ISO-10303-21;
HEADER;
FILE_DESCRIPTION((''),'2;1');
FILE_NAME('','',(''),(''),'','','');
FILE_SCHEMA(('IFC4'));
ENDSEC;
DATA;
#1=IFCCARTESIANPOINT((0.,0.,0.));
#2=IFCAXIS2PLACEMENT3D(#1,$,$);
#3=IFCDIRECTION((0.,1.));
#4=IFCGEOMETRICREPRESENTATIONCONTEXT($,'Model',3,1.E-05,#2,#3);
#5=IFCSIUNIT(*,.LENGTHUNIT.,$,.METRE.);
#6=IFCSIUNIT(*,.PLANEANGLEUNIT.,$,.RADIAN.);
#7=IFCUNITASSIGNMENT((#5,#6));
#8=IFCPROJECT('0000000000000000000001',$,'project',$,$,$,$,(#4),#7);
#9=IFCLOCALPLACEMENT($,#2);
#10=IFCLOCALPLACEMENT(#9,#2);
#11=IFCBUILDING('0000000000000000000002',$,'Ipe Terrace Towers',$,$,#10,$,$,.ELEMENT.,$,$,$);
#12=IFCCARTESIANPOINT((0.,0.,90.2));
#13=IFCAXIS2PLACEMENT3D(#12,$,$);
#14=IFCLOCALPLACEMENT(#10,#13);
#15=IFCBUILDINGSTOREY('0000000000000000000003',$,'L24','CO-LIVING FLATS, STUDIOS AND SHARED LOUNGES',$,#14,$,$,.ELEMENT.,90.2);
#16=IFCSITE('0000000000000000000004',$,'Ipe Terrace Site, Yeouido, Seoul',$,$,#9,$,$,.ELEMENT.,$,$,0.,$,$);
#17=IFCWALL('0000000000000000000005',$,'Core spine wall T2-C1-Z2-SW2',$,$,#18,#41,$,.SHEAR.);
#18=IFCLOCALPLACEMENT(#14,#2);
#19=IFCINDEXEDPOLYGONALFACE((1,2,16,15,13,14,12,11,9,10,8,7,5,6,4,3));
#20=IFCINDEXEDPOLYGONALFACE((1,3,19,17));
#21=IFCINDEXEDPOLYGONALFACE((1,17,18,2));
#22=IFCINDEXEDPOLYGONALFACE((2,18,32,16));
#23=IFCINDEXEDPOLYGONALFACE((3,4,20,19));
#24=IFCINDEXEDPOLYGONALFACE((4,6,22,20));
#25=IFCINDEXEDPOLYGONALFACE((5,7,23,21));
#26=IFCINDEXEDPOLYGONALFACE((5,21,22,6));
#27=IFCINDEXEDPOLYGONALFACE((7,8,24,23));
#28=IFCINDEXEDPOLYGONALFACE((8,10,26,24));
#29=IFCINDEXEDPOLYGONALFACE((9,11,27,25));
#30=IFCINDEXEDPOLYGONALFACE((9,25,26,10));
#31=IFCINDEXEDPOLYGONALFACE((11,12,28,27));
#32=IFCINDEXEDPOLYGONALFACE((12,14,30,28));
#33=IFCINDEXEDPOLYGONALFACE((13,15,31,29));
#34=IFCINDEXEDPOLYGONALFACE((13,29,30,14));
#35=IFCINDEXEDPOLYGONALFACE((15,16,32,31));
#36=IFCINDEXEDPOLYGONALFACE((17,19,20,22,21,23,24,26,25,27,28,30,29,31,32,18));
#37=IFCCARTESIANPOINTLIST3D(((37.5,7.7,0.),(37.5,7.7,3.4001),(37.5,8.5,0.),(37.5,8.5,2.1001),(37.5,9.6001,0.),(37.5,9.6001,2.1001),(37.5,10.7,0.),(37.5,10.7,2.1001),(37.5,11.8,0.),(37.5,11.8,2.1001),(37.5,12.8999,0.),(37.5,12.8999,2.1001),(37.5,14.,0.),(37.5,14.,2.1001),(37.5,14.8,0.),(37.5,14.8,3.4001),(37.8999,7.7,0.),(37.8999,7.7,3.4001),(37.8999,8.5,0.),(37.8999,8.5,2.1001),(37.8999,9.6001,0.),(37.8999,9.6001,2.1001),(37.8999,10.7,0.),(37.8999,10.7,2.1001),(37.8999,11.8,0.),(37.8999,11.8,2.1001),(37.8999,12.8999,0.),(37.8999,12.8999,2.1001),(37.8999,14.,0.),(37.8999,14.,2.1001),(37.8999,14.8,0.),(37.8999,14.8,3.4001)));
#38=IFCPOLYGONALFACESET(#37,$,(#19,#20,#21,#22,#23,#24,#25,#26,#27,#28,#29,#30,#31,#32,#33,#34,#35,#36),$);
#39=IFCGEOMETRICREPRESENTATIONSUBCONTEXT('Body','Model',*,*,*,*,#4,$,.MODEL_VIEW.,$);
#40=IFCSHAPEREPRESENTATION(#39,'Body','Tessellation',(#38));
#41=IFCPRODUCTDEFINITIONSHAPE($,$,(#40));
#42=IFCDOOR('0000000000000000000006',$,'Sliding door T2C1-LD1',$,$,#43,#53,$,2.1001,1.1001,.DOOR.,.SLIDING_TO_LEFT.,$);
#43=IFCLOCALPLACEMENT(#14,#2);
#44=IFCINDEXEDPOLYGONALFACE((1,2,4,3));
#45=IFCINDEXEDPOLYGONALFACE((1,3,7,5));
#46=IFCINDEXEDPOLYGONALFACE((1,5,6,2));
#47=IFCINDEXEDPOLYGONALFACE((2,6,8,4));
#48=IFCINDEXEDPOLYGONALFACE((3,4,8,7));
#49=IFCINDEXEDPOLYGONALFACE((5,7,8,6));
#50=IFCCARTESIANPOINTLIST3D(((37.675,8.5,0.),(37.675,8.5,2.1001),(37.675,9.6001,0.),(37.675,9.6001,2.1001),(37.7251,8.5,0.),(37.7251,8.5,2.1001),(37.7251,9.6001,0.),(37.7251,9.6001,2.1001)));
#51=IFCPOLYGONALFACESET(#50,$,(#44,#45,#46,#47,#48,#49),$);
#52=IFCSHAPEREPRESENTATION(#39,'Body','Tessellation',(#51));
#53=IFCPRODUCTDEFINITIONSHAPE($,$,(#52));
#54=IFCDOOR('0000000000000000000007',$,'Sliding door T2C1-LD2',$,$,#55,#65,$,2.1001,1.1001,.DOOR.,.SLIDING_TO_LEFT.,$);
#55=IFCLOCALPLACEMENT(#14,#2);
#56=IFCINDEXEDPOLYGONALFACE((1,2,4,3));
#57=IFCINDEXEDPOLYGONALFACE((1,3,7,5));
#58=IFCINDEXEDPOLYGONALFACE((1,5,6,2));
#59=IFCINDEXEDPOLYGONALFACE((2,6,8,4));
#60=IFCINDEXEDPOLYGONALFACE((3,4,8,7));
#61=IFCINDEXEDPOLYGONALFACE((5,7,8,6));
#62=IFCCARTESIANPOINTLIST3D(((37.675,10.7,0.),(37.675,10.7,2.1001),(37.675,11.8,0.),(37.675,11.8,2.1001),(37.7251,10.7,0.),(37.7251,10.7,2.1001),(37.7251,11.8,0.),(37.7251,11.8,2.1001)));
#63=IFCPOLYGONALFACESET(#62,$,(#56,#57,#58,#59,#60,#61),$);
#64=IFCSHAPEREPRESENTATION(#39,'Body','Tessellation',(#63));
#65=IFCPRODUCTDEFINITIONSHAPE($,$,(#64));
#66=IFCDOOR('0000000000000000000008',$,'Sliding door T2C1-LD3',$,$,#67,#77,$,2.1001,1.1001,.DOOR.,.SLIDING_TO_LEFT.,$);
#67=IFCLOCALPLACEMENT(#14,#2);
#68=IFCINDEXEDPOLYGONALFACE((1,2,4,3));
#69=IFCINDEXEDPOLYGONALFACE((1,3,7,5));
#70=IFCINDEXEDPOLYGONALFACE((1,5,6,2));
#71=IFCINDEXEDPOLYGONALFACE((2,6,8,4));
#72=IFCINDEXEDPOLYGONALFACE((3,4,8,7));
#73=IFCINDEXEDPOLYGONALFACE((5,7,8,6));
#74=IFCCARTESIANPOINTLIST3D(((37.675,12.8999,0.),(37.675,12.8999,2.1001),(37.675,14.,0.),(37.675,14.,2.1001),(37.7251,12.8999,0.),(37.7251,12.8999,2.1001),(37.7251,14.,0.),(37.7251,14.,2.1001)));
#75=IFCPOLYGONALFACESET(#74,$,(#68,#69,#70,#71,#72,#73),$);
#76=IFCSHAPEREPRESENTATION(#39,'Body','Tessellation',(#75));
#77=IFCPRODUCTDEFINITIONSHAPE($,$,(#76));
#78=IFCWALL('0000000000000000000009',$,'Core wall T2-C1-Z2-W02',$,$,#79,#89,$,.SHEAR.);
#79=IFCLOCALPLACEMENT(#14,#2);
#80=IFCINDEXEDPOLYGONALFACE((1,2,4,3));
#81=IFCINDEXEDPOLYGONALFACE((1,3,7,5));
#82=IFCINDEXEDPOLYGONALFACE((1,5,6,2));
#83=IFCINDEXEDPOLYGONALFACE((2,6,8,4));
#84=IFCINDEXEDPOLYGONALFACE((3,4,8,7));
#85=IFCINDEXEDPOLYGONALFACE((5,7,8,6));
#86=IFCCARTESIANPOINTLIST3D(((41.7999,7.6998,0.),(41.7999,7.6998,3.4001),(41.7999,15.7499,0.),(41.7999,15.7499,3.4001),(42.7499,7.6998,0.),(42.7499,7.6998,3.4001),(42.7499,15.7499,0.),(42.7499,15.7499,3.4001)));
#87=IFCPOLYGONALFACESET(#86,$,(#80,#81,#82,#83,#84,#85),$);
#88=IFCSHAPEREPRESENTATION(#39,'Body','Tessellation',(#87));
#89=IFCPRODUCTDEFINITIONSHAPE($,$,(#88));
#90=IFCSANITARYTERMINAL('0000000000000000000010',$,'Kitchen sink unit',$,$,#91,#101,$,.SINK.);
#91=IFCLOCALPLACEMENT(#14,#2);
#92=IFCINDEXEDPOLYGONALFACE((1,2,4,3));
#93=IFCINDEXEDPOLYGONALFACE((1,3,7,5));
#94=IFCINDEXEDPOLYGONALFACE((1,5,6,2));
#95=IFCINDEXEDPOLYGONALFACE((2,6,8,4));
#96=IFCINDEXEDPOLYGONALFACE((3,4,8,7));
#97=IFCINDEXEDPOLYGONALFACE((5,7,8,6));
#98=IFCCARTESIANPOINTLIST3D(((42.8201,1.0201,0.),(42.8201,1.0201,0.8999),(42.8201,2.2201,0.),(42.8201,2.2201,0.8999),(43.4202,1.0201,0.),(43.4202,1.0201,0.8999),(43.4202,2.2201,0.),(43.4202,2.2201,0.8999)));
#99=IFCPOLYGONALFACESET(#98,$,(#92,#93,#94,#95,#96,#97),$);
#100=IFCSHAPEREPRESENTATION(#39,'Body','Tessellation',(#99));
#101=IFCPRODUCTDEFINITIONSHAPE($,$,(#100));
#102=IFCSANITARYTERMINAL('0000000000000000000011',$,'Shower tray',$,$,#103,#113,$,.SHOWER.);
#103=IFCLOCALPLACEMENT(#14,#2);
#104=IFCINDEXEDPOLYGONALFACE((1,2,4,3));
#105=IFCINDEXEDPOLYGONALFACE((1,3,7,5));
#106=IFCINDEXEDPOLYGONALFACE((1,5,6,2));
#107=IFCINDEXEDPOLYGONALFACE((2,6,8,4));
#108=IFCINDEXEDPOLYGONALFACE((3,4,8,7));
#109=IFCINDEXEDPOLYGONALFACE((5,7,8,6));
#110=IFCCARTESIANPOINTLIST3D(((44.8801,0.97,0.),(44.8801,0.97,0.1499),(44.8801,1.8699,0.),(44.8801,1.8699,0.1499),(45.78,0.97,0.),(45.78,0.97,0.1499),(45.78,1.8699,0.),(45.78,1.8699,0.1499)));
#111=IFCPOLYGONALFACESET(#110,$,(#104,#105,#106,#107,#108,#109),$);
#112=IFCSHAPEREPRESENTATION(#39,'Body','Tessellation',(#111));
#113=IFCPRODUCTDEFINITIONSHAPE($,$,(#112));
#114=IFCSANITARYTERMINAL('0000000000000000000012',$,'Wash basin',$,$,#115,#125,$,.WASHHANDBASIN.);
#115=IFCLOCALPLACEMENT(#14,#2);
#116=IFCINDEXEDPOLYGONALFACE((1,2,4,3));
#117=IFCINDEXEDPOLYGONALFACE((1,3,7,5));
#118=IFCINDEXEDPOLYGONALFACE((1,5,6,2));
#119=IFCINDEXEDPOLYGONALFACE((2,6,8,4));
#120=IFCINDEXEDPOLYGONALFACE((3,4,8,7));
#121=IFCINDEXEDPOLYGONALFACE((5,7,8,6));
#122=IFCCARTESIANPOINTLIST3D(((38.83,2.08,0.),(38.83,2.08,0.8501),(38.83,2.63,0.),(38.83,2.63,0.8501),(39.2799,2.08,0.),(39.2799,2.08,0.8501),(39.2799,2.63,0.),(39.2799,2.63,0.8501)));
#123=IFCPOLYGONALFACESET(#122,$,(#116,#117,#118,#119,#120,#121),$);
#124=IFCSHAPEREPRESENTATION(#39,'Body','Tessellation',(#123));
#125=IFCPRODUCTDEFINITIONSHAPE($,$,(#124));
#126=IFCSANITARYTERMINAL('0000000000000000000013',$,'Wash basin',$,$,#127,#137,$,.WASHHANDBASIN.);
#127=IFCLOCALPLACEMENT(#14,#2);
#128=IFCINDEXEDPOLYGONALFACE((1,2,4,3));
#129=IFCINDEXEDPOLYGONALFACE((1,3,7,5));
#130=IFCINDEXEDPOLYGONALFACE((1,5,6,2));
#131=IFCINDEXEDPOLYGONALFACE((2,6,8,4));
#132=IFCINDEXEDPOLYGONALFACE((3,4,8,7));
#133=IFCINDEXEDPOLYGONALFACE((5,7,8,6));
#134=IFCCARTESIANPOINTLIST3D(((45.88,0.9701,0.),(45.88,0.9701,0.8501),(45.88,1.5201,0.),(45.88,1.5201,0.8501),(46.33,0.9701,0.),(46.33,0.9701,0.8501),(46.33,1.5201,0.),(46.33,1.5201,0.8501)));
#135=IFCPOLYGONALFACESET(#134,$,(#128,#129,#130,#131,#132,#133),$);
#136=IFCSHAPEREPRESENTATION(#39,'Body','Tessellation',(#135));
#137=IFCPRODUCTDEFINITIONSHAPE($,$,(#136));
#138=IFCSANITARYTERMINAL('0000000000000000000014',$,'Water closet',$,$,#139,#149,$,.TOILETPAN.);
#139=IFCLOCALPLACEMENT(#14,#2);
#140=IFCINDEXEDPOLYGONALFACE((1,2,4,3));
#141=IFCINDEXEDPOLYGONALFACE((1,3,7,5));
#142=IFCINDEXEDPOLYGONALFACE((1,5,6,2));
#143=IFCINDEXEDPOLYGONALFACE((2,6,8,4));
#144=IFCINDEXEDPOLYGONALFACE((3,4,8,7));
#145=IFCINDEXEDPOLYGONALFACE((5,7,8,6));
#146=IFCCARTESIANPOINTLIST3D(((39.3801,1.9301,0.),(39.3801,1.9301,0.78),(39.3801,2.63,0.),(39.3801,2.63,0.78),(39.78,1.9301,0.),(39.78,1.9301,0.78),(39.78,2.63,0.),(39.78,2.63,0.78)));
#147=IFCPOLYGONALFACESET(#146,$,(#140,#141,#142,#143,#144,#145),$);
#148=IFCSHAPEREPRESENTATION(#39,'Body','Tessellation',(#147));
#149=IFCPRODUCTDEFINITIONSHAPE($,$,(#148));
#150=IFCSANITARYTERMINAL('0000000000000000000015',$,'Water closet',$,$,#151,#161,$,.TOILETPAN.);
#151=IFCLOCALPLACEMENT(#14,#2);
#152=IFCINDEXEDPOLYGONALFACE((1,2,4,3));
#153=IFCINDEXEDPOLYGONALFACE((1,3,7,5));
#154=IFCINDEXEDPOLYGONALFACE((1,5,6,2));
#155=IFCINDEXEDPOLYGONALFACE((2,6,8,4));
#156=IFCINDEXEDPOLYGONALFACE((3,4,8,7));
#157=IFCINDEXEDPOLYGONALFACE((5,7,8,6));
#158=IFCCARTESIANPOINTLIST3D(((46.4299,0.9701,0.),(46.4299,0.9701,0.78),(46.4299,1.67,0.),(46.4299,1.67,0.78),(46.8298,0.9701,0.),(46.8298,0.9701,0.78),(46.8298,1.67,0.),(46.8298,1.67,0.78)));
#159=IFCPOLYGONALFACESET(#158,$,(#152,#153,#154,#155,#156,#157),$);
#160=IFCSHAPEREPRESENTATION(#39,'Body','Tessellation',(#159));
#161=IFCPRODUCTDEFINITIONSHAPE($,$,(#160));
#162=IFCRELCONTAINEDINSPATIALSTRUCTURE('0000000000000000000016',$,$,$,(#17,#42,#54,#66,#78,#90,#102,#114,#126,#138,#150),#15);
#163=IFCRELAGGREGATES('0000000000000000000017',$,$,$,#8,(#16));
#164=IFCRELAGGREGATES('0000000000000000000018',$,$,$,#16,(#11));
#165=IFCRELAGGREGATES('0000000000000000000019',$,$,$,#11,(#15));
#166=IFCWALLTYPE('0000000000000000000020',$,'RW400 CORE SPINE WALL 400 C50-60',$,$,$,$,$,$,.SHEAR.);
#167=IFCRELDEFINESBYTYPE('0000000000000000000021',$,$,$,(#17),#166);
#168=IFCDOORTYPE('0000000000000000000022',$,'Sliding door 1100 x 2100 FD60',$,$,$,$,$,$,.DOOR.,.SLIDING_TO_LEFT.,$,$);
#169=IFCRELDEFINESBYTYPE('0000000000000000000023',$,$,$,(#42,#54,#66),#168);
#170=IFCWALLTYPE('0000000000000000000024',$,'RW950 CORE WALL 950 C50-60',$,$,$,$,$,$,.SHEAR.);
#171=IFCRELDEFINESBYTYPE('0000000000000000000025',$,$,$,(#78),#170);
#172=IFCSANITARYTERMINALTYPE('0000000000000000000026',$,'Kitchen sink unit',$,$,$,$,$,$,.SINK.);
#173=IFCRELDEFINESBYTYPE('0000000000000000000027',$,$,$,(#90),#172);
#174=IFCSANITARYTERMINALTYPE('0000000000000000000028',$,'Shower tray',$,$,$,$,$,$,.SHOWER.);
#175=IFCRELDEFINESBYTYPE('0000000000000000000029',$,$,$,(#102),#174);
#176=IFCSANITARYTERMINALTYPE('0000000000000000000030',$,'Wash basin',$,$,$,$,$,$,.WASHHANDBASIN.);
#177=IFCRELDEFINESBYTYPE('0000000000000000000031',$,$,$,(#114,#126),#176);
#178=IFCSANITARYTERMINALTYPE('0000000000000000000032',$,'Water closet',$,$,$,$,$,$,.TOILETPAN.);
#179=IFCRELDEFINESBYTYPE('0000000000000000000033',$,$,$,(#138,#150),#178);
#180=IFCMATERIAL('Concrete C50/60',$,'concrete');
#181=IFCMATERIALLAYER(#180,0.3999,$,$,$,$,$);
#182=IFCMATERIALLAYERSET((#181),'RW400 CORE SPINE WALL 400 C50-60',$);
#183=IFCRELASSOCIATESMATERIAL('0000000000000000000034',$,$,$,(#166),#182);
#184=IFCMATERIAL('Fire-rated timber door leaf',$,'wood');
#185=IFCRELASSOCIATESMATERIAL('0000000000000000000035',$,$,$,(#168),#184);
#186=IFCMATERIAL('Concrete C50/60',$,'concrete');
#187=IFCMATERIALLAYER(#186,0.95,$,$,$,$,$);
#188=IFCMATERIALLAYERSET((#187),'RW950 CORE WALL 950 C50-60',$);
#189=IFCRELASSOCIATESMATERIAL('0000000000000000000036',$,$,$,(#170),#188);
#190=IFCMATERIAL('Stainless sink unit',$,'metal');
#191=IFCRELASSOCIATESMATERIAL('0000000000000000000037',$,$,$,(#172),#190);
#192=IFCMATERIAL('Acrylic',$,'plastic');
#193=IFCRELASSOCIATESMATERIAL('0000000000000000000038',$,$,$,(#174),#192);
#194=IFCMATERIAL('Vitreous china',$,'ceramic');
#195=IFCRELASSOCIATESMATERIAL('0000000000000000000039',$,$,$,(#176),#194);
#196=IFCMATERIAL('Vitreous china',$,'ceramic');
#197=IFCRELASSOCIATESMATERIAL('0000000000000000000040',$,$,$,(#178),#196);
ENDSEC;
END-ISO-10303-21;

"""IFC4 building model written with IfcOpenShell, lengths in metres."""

from ifc_helpers import new_model, si_unit, direction, frame, frame_2d, origin, origin_2d, place, context, subcontext, project, spatial, rectangle, extrude, material, layer, layer_set, type_object, element, fill, save


model = new_model("IFC4")

# Units and contexts
model_context = context("Model", 3, precision=1e-05, world=origin(), true_north=direction((0.0, 1.0)))
body_context = subcontext(model_context, "Body", "Model", "MODEL_VIEW")
ifc_project = project(units=[si_unit("LENGTHUNIT", "METRE"), si_unit("PLANEANGLEUNIT", "RADIAN")], contexts=[model_context])

# Site, building, storey
site_placement = place(None, origin())
site = spatial("IfcSite", under=ifc_project, at=site_placement, Name="Ipe Terrace Site, Yeouido, Seoul", CompositionType="ELEMENT", RefElevation=0.0)
building_placement = place(site_placement, origin())
building = spatial("IfcBuilding", under=site, at=building_placement, Name="Ipe Terrace Towers", CompositionType="ELEMENT")
storey_placement = place(building_placement, frame((0.0, 0.0, 90.2)))
storey = spatial("IfcBuildingStorey", under=building, at=storey_placement, Name="L24", Description="CO-LIVING FLATS, STUDIOS AND SHARED LOUNGES", CompositionType="ELEMENT", Elevation=90.2)

# Wall, openings, doors
ifc_material_1 = material(Name="Concrete C50/60", Category="concrete")
ifc_layer_1 = layer(ifc_material_1, 0.3999)
ifc_layer_set_1 = layer_set([ifc_layer_1], Name="RW400 CORE SPINE WALL 400 C50-60")
wall_type_1 = type_object("IfcWallType", Name="RW400 CORE SPINE WALL 400 C50-60", PredefinedType="SHEAR", material=ifc_layer_set_1)
wall_1_placement = place(storey_placement, frame((37.7, 7.7, 0.0), z_axis=(0.0, 0.0, 1.0), x_axis=(0.0, 1.0, 0.0)))
wall_1 = element("IfcWall", 1, at=wall_1_placement, inside=storey, type_object=wall_type_1, Name="Core spine wall T2-C1-Z2-SW2", PredefinedType="SHEAR", context=body_context, shape_type="SweptSolid", body=[
    extrude(rectangle(XDim=7.1001, YDim=0.3999, at=frame_2d((3.55, 0.0))), origin(), (0.0, 0.0, 1.0), 3.4001),
])
opening_1_placement = place(wall_1_placement, frame((0.8, 0.0, 0.0)))
opening_1 = element("IfcOpeningElement", 2, at=opening_1_placement, cuts=wall_1, PredefinedType="OPENING", context=body_context, shape_type="SweptSolid", body=[
    extrude(rectangle(XDim=1.1001, YDim=2.1001, at=frame_2d((0.55, 1.05))), frame((0.0, 0.21, 0.0), z_axis=(0.0, -1.0, 0.0), x_axis=(1.0, 0.0, 0.0)), (0.0, 0.0, 1.0), 0.4199),
])
opening_2_placement = place(wall_1_placement, frame((3.0, 0.0, 0.0)))
opening_2 = element("IfcOpeningElement", 3, at=opening_2_placement, cuts=wall_1, PredefinedType="OPENING", context=body_context, shape_type="SweptSolid", body=[
    extrude(rectangle(XDim=1.1001, YDim=2.1001, at=frame_2d((0.55, 1.05))), frame((0.0, 0.21, 0.0), z_axis=(0.0, -1.0, 0.0), x_axis=(1.0, 0.0, 0.0)), (0.0, 0.0, 1.0), 0.4199),
])
opening_3_placement = place(wall_1_placement, frame((5.2, 0.0, 0.0)))
opening_3 = element("IfcOpeningElement", 4, at=opening_3_placement, cuts=wall_1, PredefinedType="OPENING", context=body_context, shape_type="SweptSolid", body=[
    extrude(rectangle(XDim=1.1001, YDim=2.1001, at=frame_2d((0.55, 1.05))), frame((0.0, 0.21, 0.0), z_axis=(0.0, -1.0, 0.0), x_axis=(1.0, 0.0, 0.0)), (0.0, 0.0, 1.0), 0.4199),
])
ifc_material_2 = material(Name="Fire-rated timber door leaf", Category="wood")
door_type_1 = type_object("IfcDoorType", Name="Sliding door 1100 x 2100 FD60", OperationType="SLIDING_TO_LEFT", PredefinedType="DOOR", material=ifc_material_2)
door_1_placement = place(opening_1_placement, origin())
door_1 = element("IfcDoor", 5, at=door_1_placement, inside=storey, type_object=door_type_1, Name="Sliding door T2C1-LD1", OperationType="SLIDING_TO_LEFT", OverallHeight=2.1001, OverallWidth=1.1001, PredefinedType="DOOR", context=body_context, shape_type="SweptSolid", body=[
    extrude(rectangle(XDim=1.1001, YDim=2.1001, at=frame_2d((0.55, 1.05))), frame((0.0, 0.0249, 0.0), z_axis=(0.0, -1.0, 0.0), x_axis=(1.0, 0.0, 0.0)), (0.0, 0.0, 1.0), 0.05),
])
fill(opening_1, door_1)
door_2_placement = place(opening_2_placement, origin())
door_2 = element("IfcDoor", 6, at=door_2_placement, inside=storey, type_object=door_type_1, Name="Sliding door T2C1-LD2", OperationType="SLIDING_TO_LEFT", OverallHeight=2.1001, OverallWidth=1.1001, PredefinedType="DOOR", context=body_context, shape_type="SweptSolid", body=[
    extrude(rectangle(XDim=1.1001, YDim=2.1001, at=frame_2d((0.55, 1.05))), frame((0.0, 0.0249, 0.0), z_axis=(0.0, -1.0, 0.0), x_axis=(1.0, 0.0, 0.0)), (0.0, 0.0, 1.0), 0.05),
])
fill(opening_2, door_2)
door_3_placement = place(opening_3_placement, origin())
door_3 = element("IfcDoor", 7, at=door_3_placement, inside=storey, type_object=door_type_1, Name="Sliding door T2C1-LD3", OperationType="SLIDING_TO_LEFT", OverallHeight=2.1001, OverallWidth=1.1001, PredefinedType="DOOR", context=body_context, shape_type="SweptSolid", body=[
    extrude(rectangle(XDim=1.1001, YDim=2.1001, at=frame_2d((0.55, 1.05))), frame((0.0, 0.0249, 0.0), z_axis=(0.0, -1.0, 0.0), x_axis=(1.0, 0.0, 0.0)), (0.0, 0.0, 1.0), 0.05),
])
fill(opening_3, door_3)

# Wall
ifc_material_3 = material(Name="Concrete C50/60", Category="concrete")
ifc_layer_2 = layer(ifc_material_3, 0.95)
ifc_layer_set_2 = layer_set([ifc_layer_2], Name="RW950 CORE WALL 950 C50-60")
wall_type_2 = type_object("IfcWallType", Name="RW950 CORE WALL 950 C50-60", PredefinedType="SHEAR", material=ifc_layer_set_2)
wall_2_placement = place(storey_placement, frame((42.2749, 7.7, 0.0), z_axis=(0.0, 0.0, 1.0), x_axis=(0.0, 1.0, 0.0)))
element("IfcWall", 8, at=wall_2_placement, inside=storey, type_object=wall_type_2, Name="Core wall T2-C1-Z2-W02", PredefinedType="SHEAR", context=body_context, shape_type="SweptSolid", body=[
    extrude(rectangle(XDim=8.05, YDim=0.95, at=frame_2d((4.0249, 0.0))), origin(), (0.0, 0.0, 1.0), 3.4001),
])

# Sanitary terminals
ifc_material_4 = material(Name="Stainless sink unit", Category="metal")
sanitary_terminal_type_1 = type_object("IfcSanitaryTerminalType", Name="Kitchen sink unit", PredefinedType="SINK", material=ifc_material_4)
sanitary_terminal_1_placement = place(storey_placement, frame((43.1201, 1.6201, 0.0), z_axis=(0.0, 0.0, 1.0), x_axis=(0.0, 1.0, 0.0)))
element("IfcSanitaryTerminal", 9, at=sanitary_terminal_1_placement, inside=storey, type_object=sanitary_terminal_type_1, Name="Kitchen sink unit", PredefinedType="SINK", context=body_context, shape_type="SweptSolid", body=[
    extrude(rectangle(XDim=1.2, YDim=0.6001, at=origin_2d()), origin(), (0.0, 0.0, 1.0), 0.8999),
])
ifc_material_5 = material(Name="Acrylic", Category="plastic")
sanitary_terminal_type_2 = type_object("IfcSanitaryTerminalType", Name="Shower tray", PredefinedType="SHOWER", material=ifc_material_5)
sanitary_terminal_2_placement = place(storey_placement, frame((45.3301, 1.4199, 0.0), z_axis=(0.0, 0.0, 1.0), x_axis=(0.0, 1.0, 0.0)))
element("IfcSanitaryTerminal", 10, at=sanitary_terminal_2_placement, inside=storey, type_object=sanitary_terminal_type_2, Name="Shower tray", PredefinedType="SHOWER", context=body_context, shape_type="SweptSolid", body=[
    extrude(rectangle(XDim=0.8999, YDim=0.8999, at=origin_2d()), origin(), (0.0, 0.0, 1.0), 0.1499),
])
ifc_material_6 = material(Name="Vitreous china", Category="ceramic")
sanitary_terminal_type_3 = type_object("IfcSanitaryTerminalType", Name="Wash basin", PredefinedType="WASHHANDBASIN", material=ifc_material_6)
for number, where, z_axis, x_axis, name in (
    (11, (39.0549, 2.355, 0.0), (0.0, 0.0, 1.0), (0.0, -1.0, 0.0), "Wash basin"),
    (12, (46.105, 1.2451, 0.0), (0.0, 0.0, 1.0), (0.0, 1.0, 0.0), "Wash basin"),
):
    element("IfcSanitaryTerminal", number, at=place(storey_placement, frame(where, z_axis=z_axis, x_axis=x_axis)), inside=storey, type_object=sanitary_terminal_type_3, Name=name, PredefinedType="WASHHANDBASIN", context=body_context, shape_type="SweptSolid", body=[
        extrude(rectangle(XDim=0.55, YDim=0.45, at=origin_2d()), origin(), (0.0, 0.0, 1.0), 0.8501),
    ])
ifc_material_7 = material(Name="Vitreous china", Category="ceramic")
sanitary_terminal_type_4 = type_object("IfcSanitaryTerminalType", Name="Water closet", PredefinedType="TOILETPAN", material=ifc_material_7)
for number, where, z_axis, x_axis, name in (
    (13, (39.5801, 2.28, 0.0), (0.0, 0.0, 1.0), (0.0, -1.0, 0.0), "Water closet"),
    (14, (46.6299, 1.3201, 0.0), (0.0, 0.0, 1.0), (0.0, 1.0, 0.0), "Water closet"),
):
    element("IfcSanitaryTerminal", number, at=place(storey_placement, frame(where, z_axis=z_axis, x_axis=x_axis)), inside=storey, type_object=sanitary_terminal_type_4, Name=name, PredefinedType="TOILETPAN", context=body_context, shape_type="SweptSolid", body=[
        extrude(rectangle(XDim=0.7, YDim=0.3999, at=origin_2d()), origin(), (0.0, 0.0, 1.0), 0.78),
    ])

save(model, "model.ifc")
